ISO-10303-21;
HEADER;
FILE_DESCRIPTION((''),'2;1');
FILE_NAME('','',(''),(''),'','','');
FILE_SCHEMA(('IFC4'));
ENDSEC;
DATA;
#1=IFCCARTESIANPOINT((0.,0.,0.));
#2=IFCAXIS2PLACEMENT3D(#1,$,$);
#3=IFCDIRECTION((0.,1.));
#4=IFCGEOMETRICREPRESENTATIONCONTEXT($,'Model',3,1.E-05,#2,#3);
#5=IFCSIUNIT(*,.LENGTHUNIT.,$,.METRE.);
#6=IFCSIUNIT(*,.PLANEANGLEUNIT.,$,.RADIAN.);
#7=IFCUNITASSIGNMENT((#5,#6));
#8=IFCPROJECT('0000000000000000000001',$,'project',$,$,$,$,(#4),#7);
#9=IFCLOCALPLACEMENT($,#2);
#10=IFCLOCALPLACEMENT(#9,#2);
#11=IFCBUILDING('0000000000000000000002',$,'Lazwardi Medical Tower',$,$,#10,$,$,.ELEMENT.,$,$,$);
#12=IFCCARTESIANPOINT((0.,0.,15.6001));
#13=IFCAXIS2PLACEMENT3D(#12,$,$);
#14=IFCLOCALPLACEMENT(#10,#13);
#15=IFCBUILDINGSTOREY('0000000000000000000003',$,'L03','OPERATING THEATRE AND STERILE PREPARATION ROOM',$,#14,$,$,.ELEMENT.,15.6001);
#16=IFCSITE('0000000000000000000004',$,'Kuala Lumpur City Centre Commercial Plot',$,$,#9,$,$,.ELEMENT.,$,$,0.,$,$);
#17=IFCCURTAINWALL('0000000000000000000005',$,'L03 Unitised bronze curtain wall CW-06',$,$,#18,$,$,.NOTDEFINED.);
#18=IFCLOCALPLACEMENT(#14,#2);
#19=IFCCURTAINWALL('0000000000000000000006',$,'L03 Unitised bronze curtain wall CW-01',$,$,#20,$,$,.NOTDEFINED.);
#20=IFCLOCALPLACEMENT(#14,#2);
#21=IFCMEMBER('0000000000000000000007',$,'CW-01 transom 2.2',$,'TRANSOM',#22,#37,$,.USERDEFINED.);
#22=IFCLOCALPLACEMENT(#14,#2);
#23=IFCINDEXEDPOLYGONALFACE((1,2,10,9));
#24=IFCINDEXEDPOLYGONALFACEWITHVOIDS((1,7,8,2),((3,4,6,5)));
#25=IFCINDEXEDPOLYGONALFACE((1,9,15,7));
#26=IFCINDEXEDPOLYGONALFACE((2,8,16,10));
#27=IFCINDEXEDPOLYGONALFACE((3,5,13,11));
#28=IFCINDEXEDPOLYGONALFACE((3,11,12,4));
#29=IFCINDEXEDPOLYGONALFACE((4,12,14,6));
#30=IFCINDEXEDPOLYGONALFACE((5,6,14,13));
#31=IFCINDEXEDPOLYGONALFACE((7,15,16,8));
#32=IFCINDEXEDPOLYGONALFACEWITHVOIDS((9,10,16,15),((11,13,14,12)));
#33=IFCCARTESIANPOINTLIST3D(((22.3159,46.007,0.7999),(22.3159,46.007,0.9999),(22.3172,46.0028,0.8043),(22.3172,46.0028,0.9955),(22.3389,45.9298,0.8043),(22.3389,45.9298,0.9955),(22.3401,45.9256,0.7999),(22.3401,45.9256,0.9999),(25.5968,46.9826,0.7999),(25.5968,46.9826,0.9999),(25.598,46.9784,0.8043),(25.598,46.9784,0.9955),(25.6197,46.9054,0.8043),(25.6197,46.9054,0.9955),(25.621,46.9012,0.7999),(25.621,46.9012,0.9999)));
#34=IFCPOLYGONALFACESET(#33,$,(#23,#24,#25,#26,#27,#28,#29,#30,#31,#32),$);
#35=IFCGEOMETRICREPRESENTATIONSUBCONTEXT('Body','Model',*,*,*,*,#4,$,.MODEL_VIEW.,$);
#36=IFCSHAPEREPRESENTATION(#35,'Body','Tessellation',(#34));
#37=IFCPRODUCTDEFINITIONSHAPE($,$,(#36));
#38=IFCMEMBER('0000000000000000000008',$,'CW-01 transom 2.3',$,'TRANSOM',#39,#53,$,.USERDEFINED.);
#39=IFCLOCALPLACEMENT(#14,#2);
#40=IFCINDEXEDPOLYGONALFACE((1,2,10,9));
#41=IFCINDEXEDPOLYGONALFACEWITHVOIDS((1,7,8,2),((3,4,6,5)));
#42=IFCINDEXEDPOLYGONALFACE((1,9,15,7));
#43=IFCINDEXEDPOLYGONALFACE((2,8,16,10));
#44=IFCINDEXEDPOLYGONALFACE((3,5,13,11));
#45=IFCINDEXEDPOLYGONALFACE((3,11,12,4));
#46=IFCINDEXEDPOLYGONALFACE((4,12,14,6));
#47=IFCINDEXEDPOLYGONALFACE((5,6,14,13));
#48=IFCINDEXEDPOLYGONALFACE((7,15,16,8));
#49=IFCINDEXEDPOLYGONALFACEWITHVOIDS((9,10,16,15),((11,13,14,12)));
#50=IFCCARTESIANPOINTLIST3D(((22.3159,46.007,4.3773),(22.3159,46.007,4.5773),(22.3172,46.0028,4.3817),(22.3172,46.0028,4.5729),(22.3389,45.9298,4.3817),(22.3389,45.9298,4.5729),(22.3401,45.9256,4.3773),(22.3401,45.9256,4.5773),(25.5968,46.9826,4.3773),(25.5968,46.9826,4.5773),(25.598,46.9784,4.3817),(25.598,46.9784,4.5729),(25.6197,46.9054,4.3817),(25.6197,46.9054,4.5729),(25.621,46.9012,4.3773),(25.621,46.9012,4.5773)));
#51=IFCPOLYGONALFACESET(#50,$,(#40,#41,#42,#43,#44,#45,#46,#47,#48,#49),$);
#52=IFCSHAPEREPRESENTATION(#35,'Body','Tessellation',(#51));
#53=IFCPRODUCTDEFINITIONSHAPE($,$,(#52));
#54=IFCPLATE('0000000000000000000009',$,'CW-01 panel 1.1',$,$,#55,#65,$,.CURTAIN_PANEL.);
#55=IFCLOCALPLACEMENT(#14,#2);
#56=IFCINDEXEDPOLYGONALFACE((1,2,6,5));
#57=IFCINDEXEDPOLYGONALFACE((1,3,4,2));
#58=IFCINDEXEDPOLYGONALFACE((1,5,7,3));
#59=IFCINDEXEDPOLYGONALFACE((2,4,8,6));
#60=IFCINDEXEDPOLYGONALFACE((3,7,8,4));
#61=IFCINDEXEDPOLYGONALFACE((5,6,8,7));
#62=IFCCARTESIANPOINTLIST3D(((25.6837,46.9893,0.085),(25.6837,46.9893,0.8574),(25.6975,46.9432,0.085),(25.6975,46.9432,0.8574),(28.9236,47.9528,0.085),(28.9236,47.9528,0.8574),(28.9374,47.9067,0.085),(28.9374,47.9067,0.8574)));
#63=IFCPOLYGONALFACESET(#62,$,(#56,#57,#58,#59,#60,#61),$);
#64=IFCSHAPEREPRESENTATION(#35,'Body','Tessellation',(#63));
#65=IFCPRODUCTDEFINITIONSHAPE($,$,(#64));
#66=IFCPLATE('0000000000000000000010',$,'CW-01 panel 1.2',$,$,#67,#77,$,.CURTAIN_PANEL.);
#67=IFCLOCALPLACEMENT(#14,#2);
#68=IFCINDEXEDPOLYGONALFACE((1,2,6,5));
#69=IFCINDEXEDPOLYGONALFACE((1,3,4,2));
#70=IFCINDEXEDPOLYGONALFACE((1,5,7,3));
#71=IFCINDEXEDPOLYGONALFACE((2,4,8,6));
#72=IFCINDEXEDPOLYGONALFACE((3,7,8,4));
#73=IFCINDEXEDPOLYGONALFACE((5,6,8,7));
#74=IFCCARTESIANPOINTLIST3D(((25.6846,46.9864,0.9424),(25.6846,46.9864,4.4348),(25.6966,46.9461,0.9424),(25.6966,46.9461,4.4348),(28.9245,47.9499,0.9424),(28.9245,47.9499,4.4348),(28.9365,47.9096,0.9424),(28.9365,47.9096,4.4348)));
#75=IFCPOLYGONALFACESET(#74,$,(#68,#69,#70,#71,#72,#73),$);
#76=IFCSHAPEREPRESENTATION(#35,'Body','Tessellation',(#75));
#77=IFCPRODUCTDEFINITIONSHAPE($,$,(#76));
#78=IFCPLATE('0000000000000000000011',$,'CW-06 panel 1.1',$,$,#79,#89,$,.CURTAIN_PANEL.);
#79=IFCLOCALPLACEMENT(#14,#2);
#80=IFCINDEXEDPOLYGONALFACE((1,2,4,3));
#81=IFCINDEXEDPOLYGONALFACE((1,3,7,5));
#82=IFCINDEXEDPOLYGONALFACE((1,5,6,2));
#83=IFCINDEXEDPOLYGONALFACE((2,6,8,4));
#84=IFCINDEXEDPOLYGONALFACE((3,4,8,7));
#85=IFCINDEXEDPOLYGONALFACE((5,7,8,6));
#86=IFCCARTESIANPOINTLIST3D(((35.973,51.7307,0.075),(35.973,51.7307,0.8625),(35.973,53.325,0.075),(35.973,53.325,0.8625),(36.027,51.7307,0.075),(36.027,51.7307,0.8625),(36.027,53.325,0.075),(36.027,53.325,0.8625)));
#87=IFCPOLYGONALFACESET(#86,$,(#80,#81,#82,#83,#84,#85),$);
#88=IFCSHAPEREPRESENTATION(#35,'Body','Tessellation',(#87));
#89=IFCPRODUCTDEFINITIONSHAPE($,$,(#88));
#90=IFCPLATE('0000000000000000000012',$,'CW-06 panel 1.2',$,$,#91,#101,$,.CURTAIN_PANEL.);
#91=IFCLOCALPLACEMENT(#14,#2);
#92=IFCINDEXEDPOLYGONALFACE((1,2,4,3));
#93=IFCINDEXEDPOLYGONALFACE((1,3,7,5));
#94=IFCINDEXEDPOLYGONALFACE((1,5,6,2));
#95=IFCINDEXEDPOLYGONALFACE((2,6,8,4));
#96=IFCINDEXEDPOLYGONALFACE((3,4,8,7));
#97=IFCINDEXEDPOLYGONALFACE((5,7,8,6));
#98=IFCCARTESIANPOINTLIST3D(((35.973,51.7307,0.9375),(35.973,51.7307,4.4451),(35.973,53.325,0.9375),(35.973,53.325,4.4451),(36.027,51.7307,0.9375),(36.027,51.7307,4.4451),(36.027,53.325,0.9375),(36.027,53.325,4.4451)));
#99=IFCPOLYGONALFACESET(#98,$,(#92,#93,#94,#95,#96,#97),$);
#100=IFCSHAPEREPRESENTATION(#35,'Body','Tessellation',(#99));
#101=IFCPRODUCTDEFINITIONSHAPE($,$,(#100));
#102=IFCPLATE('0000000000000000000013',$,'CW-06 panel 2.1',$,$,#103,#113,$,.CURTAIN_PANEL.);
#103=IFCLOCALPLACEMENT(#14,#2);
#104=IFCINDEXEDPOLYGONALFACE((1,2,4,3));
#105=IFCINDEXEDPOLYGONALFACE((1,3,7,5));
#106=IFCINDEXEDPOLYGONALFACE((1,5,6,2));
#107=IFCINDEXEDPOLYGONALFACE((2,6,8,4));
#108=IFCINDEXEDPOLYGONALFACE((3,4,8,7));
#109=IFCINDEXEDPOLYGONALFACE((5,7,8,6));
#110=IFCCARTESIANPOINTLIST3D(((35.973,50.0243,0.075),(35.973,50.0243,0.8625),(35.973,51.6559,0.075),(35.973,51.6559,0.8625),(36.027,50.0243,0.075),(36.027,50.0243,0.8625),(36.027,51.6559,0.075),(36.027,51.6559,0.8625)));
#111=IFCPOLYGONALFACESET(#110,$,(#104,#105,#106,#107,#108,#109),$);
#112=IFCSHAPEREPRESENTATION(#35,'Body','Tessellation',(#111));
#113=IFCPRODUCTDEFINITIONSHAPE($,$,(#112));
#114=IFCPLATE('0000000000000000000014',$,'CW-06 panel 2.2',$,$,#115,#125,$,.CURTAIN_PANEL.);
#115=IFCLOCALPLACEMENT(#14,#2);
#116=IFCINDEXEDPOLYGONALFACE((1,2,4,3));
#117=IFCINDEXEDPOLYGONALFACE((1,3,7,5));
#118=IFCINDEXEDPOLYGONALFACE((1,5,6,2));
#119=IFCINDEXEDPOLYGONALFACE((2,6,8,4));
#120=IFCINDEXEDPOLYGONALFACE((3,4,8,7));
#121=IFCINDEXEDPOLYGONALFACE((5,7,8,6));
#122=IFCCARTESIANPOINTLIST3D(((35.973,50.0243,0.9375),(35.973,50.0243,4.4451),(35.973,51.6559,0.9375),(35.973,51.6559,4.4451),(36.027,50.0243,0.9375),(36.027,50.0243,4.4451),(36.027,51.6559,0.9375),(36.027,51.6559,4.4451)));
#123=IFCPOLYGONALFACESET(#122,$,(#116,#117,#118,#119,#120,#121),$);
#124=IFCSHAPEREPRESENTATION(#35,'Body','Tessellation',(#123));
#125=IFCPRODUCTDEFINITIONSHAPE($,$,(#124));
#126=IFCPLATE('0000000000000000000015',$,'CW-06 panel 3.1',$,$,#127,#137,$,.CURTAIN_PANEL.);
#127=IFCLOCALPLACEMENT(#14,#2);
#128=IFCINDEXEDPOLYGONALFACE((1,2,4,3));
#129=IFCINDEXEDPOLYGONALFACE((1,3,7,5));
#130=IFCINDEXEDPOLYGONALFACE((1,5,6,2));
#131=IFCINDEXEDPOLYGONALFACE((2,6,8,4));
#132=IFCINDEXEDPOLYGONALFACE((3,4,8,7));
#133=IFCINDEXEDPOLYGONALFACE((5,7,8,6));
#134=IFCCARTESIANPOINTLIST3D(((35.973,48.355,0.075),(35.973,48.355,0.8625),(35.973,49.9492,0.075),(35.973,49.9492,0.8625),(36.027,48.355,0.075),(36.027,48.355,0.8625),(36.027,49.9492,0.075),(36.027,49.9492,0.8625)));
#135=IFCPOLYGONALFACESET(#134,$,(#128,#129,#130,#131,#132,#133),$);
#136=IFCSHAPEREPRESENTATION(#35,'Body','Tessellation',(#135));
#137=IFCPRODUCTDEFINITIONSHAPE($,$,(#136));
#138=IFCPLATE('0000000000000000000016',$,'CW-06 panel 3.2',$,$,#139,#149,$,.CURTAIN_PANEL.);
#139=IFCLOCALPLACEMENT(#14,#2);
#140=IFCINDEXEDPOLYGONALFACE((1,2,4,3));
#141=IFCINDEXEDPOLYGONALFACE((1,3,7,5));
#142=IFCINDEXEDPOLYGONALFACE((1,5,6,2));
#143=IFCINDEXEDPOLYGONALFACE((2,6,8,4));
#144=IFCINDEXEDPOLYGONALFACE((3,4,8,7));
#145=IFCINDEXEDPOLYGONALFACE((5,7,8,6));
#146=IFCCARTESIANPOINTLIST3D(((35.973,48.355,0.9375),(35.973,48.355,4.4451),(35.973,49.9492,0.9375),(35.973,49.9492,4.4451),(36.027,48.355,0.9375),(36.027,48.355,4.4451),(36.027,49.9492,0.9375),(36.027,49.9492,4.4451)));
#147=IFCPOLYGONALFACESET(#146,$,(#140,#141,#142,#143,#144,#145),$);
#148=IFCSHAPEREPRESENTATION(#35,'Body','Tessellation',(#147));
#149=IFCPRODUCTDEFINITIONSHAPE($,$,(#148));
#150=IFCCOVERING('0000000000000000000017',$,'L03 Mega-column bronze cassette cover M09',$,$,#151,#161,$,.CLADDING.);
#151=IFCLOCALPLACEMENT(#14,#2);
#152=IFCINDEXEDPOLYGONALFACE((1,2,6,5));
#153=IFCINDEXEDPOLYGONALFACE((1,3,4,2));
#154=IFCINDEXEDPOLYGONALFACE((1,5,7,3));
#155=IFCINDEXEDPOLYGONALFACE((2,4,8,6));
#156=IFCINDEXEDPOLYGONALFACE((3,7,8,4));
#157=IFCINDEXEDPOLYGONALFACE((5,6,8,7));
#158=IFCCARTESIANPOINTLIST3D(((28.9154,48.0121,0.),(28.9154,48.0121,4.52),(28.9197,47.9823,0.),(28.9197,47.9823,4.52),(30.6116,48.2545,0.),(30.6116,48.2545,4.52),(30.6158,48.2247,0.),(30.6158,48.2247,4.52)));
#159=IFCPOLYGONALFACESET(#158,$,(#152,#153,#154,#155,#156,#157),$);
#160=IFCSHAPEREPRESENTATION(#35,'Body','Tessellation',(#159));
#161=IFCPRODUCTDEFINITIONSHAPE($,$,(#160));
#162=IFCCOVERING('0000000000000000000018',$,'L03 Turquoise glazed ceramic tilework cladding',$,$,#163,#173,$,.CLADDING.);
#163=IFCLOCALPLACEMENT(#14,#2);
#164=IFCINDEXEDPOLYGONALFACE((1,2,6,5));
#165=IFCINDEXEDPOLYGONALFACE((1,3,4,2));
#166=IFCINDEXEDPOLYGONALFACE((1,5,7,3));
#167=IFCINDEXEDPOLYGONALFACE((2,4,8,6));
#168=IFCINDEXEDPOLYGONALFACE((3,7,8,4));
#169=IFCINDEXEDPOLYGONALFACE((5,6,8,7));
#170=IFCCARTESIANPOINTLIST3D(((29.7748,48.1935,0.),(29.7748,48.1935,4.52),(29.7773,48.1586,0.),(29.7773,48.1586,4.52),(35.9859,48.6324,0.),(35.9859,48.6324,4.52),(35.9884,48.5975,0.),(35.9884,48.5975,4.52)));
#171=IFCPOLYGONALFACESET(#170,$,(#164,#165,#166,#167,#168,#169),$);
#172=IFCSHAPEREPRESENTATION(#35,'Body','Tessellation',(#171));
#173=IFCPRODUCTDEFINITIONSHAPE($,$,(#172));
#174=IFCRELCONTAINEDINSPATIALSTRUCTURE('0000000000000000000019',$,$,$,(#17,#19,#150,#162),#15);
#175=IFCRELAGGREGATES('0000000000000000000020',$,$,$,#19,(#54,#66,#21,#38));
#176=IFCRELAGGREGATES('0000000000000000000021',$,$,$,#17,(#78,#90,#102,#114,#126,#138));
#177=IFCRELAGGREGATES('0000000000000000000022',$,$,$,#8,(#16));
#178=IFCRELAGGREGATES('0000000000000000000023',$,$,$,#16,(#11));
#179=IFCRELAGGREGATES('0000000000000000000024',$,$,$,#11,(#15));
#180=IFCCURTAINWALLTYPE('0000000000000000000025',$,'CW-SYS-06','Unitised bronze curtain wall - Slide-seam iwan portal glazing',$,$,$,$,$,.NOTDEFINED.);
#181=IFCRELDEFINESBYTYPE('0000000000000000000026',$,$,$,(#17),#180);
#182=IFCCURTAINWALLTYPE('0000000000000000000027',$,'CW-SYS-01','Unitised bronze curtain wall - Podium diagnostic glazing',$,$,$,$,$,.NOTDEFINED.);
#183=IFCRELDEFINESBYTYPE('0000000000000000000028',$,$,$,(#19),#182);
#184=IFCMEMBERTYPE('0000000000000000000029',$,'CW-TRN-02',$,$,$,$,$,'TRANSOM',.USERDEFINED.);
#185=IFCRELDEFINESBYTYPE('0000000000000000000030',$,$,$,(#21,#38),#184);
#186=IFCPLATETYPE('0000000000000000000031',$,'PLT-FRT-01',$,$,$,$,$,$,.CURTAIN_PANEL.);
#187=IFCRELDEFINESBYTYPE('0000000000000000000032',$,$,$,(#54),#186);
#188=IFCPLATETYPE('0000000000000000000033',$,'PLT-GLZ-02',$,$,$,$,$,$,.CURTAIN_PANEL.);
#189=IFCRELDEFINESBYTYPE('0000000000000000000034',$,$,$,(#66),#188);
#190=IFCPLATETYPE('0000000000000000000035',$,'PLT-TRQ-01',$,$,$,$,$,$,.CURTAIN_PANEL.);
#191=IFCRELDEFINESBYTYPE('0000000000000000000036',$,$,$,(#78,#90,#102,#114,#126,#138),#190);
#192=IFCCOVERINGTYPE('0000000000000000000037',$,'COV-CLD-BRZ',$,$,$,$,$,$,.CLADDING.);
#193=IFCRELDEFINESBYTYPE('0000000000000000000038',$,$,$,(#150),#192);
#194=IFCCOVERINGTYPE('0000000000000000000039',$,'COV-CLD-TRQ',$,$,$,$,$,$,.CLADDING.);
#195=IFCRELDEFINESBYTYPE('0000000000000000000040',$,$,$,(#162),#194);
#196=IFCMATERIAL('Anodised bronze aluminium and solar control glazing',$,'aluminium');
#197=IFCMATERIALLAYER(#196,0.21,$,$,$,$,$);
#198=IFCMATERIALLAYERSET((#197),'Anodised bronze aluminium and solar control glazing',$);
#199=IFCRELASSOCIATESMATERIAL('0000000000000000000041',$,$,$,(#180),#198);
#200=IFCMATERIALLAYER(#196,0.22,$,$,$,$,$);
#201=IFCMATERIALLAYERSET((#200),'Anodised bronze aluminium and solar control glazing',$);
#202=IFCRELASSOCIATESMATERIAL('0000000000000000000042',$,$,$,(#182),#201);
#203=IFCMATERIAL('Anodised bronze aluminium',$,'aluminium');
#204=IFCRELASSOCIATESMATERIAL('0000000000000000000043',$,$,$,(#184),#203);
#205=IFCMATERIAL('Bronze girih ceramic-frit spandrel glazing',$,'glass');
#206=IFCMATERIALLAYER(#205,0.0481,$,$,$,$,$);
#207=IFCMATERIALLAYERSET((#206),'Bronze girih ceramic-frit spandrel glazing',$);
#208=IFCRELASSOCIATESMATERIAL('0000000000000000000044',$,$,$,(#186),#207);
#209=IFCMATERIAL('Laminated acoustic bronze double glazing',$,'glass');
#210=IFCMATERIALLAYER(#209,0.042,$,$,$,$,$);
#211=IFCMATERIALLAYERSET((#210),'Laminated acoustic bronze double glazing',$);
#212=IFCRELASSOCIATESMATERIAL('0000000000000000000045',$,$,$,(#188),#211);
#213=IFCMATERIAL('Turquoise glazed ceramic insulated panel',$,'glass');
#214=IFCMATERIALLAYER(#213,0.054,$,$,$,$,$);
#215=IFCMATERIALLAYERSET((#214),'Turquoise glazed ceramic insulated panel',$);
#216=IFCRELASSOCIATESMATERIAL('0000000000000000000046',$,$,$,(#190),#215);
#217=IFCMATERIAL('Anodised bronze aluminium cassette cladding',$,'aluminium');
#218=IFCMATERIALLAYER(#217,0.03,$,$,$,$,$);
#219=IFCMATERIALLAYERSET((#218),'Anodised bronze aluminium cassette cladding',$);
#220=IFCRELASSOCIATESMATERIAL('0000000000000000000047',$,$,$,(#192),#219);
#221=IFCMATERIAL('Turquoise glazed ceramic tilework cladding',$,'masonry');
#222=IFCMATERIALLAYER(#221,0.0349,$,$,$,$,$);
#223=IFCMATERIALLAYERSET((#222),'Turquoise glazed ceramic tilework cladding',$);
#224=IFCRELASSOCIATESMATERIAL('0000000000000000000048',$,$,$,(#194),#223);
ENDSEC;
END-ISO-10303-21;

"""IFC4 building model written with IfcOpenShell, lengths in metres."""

from ifc_helpers import new_model, si_unit, direction, frame, origin, origin_2d, place, context, subcontext, project, spatial, rectangle, hollow_rectangle, extrude, material, layer, layer_set, material_profile, profile_set, type_object, element, aggregate, save


model = new_model("IFC4")

# Units and contexts
model_context = context("Model", 3, precision=1e-05, world=origin(), true_north=direction((0.0, 1.0)))
body_context = subcontext(model_context, "Body", "Model", "MODEL_VIEW")
ifc_project = project(units=[si_unit("LENGTHUNIT", "METRE"), si_unit("PLANEANGLEUNIT", "RADIAN")], contexts=[model_context])

# Site, building, storey
site_placement = place(None, origin())
site = spatial("IfcSite", under=ifc_project, at=site_placement, Name="Kuala Lumpur City Centre Commercial Plot", CompositionType="ELEMENT", RefElevation=0.0)
building_placement = place(site_placement, origin())
building = spatial("IfcBuilding", under=site, at=building_placement, Name="Lazwardi Medical Tower", CompositionType="ELEMENT")
storey_placement = place(building_placement, frame((0.0, 0.0, 15.6001)))
storey = spatial("IfcBuildingStorey", under=building, at=storey_placement, Name="L03", Description="OPERATING THEATRE AND STERILE PREPARATION ROOM", CompositionType="ELEMENT", Elevation=15.6001)

# Curtain walls
ifc_material_1 = material(Name="Anodised bronze aluminium and solar control glazing", Category="aluminium")
ifc_layer_1 = layer(ifc_material_1, 0.21)
ifc_layer_set_1 = layer_set([ifc_layer_1], Name="Anodised bronze aluminium and solar control glazing")
curtain_wall_type_1 = type_object("IfcCurtainWallType", Name="CW-SYS-06", Description="Unitised bronze curtain wall - Slide-seam iwan portal glazing", PredefinedType="NOTDEFINED", material=ifc_layer_set_1)
curtain_wall_1_placement = place(storey_placement, origin())
curtain_wall_1 = element("IfcCurtainWall", 1, at=curtain_wall_1_placement, inside=storey, type_object=curtain_wall_type_1, Name="L03 Unitised bronze curtain wall CW-06", PredefinedType="NOTDEFINED")
ifc_material_2 = material(Name="Anodised bronze aluminium", Category="aluminium")
ifc_layer_2 = layer(ifc_material_1, 0.22)
ifc_layer_set_2 = layer_set([ifc_layer_2], Name="Anodised bronze aluminium and solar control glazing")
curtain_wall_type_2 = type_object("IfcCurtainWallType", Name="CW-SYS-01", Description="Unitised bronze curtain wall - Podium diagnostic glazing", PredefinedType="NOTDEFINED", material=ifc_layer_set_2)
curtain_wall_2_placement = place(storey_placement, origin())
curtain_wall_2 = element("IfcCurtainWall", 2, at=curtain_wall_2_placement, inside=storey, type_object=curtain_wall_type_2, Name="L03 Unitised bronze curtain wall CW-01", PredefinedType="NOTDEFINED")

# Members
ifc_material_profile_1 = material_profile(ifc_material_2, hollow_rectangle(XDim=0.085, YDim=0.2, WallThickness=0.0044, at=origin_2d()), Name="ALU-TRANSOM 200x85x4.5")
ifc_profile_set_1 = profile_set([ifc_material_profile_1], Name="Anodised bronze aluminium")
member_type_1 = type_object("IfcMemberType", Name="CW-TRN-02", ElementType="TRANSOM", PredefinedType="USERDEFINED", material=ifc_profile_set_1)
member_1_placement = place(storey_placement, frame((25.6089, 46.9419, 0.8999), z_axis=(-0.958518, -0.28503, 0.0), x_axis=(0.28503, -0.958518, 0.0)))
member_1 = element("IfcMember", 3, at=member_1_placement, type_object=member_type_1, Name="CW-01 transom 2.2", ObjectType="TRANSOM", PredefinedType="USERDEFINED", context=body_context, shape_type="SweptSolid", body=[
    extrude(hollow_rectangle(XDim=0.085, YDim=0.2, WallThickness=0.0044, at=origin_2d()), origin(), (0.0, 0.0, 1.0), 3.4229),
])
member_2_placement = place(storey_placement, frame((25.6089, 46.9419, 4.4773), z_axis=(-0.958518, -0.28503, 0.0), x_axis=(0.28503, -0.958518, 0.0)))
member_2 = element("IfcMember", 4, at=member_2_placement, type_object=member_type_1, Name="CW-01 transom 2.3", ObjectType="TRANSOM", PredefinedType="USERDEFINED", context=body_context, shape_type="SweptSolid", body=[
    extrude(hollow_rectangle(XDim=0.085, YDim=0.2, WallThickness=0.0044, at=origin_2d()), origin(), (0.0, 0.0, 1.0), 3.4229),
])

# Plates
ifc_material_3 = material(Name="Bronze girih ceramic-frit spandrel glazing", Category="glass")
ifc_layer_3 = layer(ifc_material_3, 0.0481)
ifc_layer_set_3 = layer_set([ifc_layer_3], Name="Bronze girih ceramic-frit spandrel glazing")
plate_type_1 = type_object("IfcPlateType", Name="PLT-FRT-01", PredefinedType="CURTAIN_PANEL", material=ifc_layer_set_3)
plate_1_placement = place(storey_placement, frame((27.3105, 47.448, 0.085), z_axis=(0.0, 0.0, 1.0), x_axis=(-0.958513, -0.285047, 0.0)))
plate_1 = element("IfcPlate", 5, at=plate_1_placement, type_object=plate_type_1, Name="CW-01 panel 1.1", PredefinedType="CURTAIN_PANEL", context=body_context, shape_type="SweptSolid", body=[
    extrude(rectangle(XDim=3.3801, YDim=0.0481, at=origin_2d()), origin(), (0.0, 0.0, 1.0), 0.7725),
])
ifc_material_4 = material(Name="Laminated acoustic bronze double glazing", Category="glass")
ifc_layer_4 = layer(ifc_material_4, 0.042)
ifc_layer_set_4 = layer_set([ifc_layer_4], Name="Laminated acoustic bronze double glazing")
plate_type_2 = type_object("IfcPlateType", Name="PLT-GLZ-02", PredefinedType="CURTAIN_PANEL", material=ifc_layer_set_4)
plate_2_placement = place(storey_placement, frame((27.3105, 47.448, 0.9424), z_axis=(0.0, 0.0, 1.0), x_axis=(-0.958513, -0.285047, 0.0)))
plate_2 = element("IfcPlate", 6, at=plate_2_placement, type_object=plate_type_2, Name="CW-01 panel 1.2", PredefinedType="CURTAIN_PANEL", context=body_context, shape_type="SweptSolid", body=[
    extrude(rectangle(XDim=3.3801, YDim=0.042, at=origin_2d()), origin(), (0.0, 0.0, 1.0), 3.4924),
])
aggregate(curtain_wall_2, [plate_1, plate_2, member_1, member_2])
ifc_material_5 = material(Name="Turquoise glazed ceramic insulated panel", Category="glass")
ifc_layer_5 = layer(ifc_material_5, 0.054)
ifc_layer_set_5 = layer_set([ifc_layer_5], Name="Turquoise glazed ceramic insulated panel")
plate_type_3 = type_object("IfcPlateType", Name="PLT-TRQ-01", PredefinedType="CURTAIN_PANEL", material=ifc_layer_set_5)
plate_3_placement = place(storey_placement, frame((36.0, 52.5278, 0.075), z_axis=(0.0, 0.0, 1.0), x_axis=(0.0, -1.0, 0.0)))
plate_3 = element("IfcPlate", 7, at=plate_3_placement, type_object=plate_type_3, Name="CW-06 panel 1.1", PredefinedType="CURTAIN_PANEL", context=body_context, shape_type="SweptSolid", body=[
    extrude(rectangle(XDim=1.5942, YDim=0.054, at=origin_2d()), origin(), (0.0, 0.0, 1.0), 0.7876),
])
plate_4_placement = place(storey_placement, frame((36.0, 52.5278, 0.9375), z_axis=(0.0, 0.0, 1.0), x_axis=(0.0, -1.0, 0.0)))
plate_4 = element("IfcPlate", 8, at=plate_4_placement, type_object=plate_type_3, Name="CW-06 panel 1.2", PredefinedType="CURTAIN_PANEL", context=body_context, shape_type="SweptSolid", body=[
    extrude(rectangle(XDim=1.5942, YDim=0.054, at=origin_2d()), origin(), (0.0, 0.0, 1.0), 3.5076),
])
plate_5_placement = place(storey_placement, frame((36.0, 50.8401, 0.075), z_axis=(0.0, 0.0, 1.0), x_axis=(0.0, -1.0, 0.0)))
plate_5 = element("IfcPlate", 9, at=plate_5_placement, type_object=plate_type_3, Name="CW-06 panel 2.1", PredefinedType="CURTAIN_PANEL", context=body_context, shape_type="SweptSolid", body=[
    extrude(rectangle(XDim=1.6316, YDim=0.054, at=origin_2d()), origin(), (0.0, 0.0, 1.0), 0.7876),
])
plate_6_placement = place(storey_placement, frame((36.0, 50.8401, 0.9375), z_axis=(0.0, 0.0, 1.0), x_axis=(0.0, -1.0, 0.0)))
plate_6 = element("IfcPlate", 10, at=plate_6_placement, type_object=plate_type_3, Name="CW-06 panel 2.2", PredefinedType="CURTAIN_PANEL", context=body_context, shape_type="SweptSolid", body=[
    extrude(rectangle(XDim=1.6316, YDim=0.054, at=origin_2d()), origin(), (0.0, 0.0, 1.0), 3.5076),
])
plate_7_placement = place(storey_placement, frame((36.0, 49.1521, 0.075), z_axis=(0.0, 0.0, 1.0), x_axis=(0.0, -1.0, 0.0)))
plate_7 = element("IfcPlate", 11, at=plate_7_placement, type_object=plate_type_3, Name="CW-06 panel 3.1", PredefinedType="CURTAIN_PANEL", context=body_context, shape_type="SweptSolid", body=[
    extrude(rectangle(XDim=1.5942, YDim=0.054, at=origin_2d()), origin(), (0.0, 0.0, 1.0), 0.7876),
])
plate_8_placement = place(storey_placement, frame((36.0, 49.1521, 0.9375), z_axis=(0.0, 0.0, 1.0), x_axis=(0.0, -1.0, 0.0)))
plate_8 = element("IfcPlate", 12, at=plate_8_placement, type_object=plate_type_3, Name="CW-06 panel 3.2", PredefinedType="CURTAIN_PANEL", context=body_context, shape_type="SweptSolid", body=[
    extrude(rectangle(XDim=1.5942, YDim=0.054, at=origin_2d()), origin(), (0.0, 0.0, 1.0), 3.5076),
])
aggregate(curtain_wall_1, [plate_3, plate_4, plate_5, plate_6, plate_7, plate_8])

# Coverings
ifc_material_6 = material(Name="Anodised bronze aluminium cassette cladding", Category="aluminium")
ifc_layer_6 = layer(ifc_material_6, 0.03)
ifc_layer_set_6 = layer_set([ifc_layer_6], Name="Anodised bronze aluminium cassette cladding")
covering_type_1 = type_object("IfcCoveringType", Name="COV-CLD-BRZ", PredefinedType="CLADDING", material=ifc_layer_set_6)
covering_1_placement = place(storey_placement, frame((29.7656, 48.1184, 0.0), z_axis=(0.0, 0.0, 1.0), x_axis=(-0.989943, -0.14147, 0.0)))
element("IfcCovering", 13, at=covering_1_placement, inside=storey, type_object=covering_type_1, Name="L03 Mega-column bronze cassette cover M09", PredefinedType="CLADDING", context=body_context, shape_type="SweptSolid", body=[
    extrude(rectangle(XDim=1.7134, YDim=0.03, at=origin_2d()), origin(), (0.0, 0.0, 1.0), 4.52),
])
ifc_material_7 = material(Name="Turquoise glazed ceramic tilework cladding", Category="masonry")
ifc_layer_7 = layer(ifc_material_7, 0.0349)
ifc_layer_set_7 = layer_set([ifc_layer_7], Name="Turquoise glazed ceramic tilework cladding")
covering_type_2 = type_object("IfcCoveringType", Name="COV-CLD-TRQ", PredefinedType="CLADDING", material=ifc_layer_set_7)
covering_2_placement = place(storey_placement, frame((32.8816, 48.3955, 0.0), z_axis=(0.0, 0.0, 1.0), x_axis=(-0.997513, -0.070488, 0.0)))
element("IfcCovering", 14, at=covering_2_placement, inside=storey, type_object=covering_type_2, Name="L03 Turquoise glazed ceramic tilework cladding", PredefinedType="CLADDING", context=body_context, shape_type="SweptSolid", body=[
    extrude(rectangle(XDim=6.2266, YDim=0.0349, at=origin_2d()), origin(), (0.0, 0.0, 1.0), 4.52),
])

save(model, "model.ifc")
